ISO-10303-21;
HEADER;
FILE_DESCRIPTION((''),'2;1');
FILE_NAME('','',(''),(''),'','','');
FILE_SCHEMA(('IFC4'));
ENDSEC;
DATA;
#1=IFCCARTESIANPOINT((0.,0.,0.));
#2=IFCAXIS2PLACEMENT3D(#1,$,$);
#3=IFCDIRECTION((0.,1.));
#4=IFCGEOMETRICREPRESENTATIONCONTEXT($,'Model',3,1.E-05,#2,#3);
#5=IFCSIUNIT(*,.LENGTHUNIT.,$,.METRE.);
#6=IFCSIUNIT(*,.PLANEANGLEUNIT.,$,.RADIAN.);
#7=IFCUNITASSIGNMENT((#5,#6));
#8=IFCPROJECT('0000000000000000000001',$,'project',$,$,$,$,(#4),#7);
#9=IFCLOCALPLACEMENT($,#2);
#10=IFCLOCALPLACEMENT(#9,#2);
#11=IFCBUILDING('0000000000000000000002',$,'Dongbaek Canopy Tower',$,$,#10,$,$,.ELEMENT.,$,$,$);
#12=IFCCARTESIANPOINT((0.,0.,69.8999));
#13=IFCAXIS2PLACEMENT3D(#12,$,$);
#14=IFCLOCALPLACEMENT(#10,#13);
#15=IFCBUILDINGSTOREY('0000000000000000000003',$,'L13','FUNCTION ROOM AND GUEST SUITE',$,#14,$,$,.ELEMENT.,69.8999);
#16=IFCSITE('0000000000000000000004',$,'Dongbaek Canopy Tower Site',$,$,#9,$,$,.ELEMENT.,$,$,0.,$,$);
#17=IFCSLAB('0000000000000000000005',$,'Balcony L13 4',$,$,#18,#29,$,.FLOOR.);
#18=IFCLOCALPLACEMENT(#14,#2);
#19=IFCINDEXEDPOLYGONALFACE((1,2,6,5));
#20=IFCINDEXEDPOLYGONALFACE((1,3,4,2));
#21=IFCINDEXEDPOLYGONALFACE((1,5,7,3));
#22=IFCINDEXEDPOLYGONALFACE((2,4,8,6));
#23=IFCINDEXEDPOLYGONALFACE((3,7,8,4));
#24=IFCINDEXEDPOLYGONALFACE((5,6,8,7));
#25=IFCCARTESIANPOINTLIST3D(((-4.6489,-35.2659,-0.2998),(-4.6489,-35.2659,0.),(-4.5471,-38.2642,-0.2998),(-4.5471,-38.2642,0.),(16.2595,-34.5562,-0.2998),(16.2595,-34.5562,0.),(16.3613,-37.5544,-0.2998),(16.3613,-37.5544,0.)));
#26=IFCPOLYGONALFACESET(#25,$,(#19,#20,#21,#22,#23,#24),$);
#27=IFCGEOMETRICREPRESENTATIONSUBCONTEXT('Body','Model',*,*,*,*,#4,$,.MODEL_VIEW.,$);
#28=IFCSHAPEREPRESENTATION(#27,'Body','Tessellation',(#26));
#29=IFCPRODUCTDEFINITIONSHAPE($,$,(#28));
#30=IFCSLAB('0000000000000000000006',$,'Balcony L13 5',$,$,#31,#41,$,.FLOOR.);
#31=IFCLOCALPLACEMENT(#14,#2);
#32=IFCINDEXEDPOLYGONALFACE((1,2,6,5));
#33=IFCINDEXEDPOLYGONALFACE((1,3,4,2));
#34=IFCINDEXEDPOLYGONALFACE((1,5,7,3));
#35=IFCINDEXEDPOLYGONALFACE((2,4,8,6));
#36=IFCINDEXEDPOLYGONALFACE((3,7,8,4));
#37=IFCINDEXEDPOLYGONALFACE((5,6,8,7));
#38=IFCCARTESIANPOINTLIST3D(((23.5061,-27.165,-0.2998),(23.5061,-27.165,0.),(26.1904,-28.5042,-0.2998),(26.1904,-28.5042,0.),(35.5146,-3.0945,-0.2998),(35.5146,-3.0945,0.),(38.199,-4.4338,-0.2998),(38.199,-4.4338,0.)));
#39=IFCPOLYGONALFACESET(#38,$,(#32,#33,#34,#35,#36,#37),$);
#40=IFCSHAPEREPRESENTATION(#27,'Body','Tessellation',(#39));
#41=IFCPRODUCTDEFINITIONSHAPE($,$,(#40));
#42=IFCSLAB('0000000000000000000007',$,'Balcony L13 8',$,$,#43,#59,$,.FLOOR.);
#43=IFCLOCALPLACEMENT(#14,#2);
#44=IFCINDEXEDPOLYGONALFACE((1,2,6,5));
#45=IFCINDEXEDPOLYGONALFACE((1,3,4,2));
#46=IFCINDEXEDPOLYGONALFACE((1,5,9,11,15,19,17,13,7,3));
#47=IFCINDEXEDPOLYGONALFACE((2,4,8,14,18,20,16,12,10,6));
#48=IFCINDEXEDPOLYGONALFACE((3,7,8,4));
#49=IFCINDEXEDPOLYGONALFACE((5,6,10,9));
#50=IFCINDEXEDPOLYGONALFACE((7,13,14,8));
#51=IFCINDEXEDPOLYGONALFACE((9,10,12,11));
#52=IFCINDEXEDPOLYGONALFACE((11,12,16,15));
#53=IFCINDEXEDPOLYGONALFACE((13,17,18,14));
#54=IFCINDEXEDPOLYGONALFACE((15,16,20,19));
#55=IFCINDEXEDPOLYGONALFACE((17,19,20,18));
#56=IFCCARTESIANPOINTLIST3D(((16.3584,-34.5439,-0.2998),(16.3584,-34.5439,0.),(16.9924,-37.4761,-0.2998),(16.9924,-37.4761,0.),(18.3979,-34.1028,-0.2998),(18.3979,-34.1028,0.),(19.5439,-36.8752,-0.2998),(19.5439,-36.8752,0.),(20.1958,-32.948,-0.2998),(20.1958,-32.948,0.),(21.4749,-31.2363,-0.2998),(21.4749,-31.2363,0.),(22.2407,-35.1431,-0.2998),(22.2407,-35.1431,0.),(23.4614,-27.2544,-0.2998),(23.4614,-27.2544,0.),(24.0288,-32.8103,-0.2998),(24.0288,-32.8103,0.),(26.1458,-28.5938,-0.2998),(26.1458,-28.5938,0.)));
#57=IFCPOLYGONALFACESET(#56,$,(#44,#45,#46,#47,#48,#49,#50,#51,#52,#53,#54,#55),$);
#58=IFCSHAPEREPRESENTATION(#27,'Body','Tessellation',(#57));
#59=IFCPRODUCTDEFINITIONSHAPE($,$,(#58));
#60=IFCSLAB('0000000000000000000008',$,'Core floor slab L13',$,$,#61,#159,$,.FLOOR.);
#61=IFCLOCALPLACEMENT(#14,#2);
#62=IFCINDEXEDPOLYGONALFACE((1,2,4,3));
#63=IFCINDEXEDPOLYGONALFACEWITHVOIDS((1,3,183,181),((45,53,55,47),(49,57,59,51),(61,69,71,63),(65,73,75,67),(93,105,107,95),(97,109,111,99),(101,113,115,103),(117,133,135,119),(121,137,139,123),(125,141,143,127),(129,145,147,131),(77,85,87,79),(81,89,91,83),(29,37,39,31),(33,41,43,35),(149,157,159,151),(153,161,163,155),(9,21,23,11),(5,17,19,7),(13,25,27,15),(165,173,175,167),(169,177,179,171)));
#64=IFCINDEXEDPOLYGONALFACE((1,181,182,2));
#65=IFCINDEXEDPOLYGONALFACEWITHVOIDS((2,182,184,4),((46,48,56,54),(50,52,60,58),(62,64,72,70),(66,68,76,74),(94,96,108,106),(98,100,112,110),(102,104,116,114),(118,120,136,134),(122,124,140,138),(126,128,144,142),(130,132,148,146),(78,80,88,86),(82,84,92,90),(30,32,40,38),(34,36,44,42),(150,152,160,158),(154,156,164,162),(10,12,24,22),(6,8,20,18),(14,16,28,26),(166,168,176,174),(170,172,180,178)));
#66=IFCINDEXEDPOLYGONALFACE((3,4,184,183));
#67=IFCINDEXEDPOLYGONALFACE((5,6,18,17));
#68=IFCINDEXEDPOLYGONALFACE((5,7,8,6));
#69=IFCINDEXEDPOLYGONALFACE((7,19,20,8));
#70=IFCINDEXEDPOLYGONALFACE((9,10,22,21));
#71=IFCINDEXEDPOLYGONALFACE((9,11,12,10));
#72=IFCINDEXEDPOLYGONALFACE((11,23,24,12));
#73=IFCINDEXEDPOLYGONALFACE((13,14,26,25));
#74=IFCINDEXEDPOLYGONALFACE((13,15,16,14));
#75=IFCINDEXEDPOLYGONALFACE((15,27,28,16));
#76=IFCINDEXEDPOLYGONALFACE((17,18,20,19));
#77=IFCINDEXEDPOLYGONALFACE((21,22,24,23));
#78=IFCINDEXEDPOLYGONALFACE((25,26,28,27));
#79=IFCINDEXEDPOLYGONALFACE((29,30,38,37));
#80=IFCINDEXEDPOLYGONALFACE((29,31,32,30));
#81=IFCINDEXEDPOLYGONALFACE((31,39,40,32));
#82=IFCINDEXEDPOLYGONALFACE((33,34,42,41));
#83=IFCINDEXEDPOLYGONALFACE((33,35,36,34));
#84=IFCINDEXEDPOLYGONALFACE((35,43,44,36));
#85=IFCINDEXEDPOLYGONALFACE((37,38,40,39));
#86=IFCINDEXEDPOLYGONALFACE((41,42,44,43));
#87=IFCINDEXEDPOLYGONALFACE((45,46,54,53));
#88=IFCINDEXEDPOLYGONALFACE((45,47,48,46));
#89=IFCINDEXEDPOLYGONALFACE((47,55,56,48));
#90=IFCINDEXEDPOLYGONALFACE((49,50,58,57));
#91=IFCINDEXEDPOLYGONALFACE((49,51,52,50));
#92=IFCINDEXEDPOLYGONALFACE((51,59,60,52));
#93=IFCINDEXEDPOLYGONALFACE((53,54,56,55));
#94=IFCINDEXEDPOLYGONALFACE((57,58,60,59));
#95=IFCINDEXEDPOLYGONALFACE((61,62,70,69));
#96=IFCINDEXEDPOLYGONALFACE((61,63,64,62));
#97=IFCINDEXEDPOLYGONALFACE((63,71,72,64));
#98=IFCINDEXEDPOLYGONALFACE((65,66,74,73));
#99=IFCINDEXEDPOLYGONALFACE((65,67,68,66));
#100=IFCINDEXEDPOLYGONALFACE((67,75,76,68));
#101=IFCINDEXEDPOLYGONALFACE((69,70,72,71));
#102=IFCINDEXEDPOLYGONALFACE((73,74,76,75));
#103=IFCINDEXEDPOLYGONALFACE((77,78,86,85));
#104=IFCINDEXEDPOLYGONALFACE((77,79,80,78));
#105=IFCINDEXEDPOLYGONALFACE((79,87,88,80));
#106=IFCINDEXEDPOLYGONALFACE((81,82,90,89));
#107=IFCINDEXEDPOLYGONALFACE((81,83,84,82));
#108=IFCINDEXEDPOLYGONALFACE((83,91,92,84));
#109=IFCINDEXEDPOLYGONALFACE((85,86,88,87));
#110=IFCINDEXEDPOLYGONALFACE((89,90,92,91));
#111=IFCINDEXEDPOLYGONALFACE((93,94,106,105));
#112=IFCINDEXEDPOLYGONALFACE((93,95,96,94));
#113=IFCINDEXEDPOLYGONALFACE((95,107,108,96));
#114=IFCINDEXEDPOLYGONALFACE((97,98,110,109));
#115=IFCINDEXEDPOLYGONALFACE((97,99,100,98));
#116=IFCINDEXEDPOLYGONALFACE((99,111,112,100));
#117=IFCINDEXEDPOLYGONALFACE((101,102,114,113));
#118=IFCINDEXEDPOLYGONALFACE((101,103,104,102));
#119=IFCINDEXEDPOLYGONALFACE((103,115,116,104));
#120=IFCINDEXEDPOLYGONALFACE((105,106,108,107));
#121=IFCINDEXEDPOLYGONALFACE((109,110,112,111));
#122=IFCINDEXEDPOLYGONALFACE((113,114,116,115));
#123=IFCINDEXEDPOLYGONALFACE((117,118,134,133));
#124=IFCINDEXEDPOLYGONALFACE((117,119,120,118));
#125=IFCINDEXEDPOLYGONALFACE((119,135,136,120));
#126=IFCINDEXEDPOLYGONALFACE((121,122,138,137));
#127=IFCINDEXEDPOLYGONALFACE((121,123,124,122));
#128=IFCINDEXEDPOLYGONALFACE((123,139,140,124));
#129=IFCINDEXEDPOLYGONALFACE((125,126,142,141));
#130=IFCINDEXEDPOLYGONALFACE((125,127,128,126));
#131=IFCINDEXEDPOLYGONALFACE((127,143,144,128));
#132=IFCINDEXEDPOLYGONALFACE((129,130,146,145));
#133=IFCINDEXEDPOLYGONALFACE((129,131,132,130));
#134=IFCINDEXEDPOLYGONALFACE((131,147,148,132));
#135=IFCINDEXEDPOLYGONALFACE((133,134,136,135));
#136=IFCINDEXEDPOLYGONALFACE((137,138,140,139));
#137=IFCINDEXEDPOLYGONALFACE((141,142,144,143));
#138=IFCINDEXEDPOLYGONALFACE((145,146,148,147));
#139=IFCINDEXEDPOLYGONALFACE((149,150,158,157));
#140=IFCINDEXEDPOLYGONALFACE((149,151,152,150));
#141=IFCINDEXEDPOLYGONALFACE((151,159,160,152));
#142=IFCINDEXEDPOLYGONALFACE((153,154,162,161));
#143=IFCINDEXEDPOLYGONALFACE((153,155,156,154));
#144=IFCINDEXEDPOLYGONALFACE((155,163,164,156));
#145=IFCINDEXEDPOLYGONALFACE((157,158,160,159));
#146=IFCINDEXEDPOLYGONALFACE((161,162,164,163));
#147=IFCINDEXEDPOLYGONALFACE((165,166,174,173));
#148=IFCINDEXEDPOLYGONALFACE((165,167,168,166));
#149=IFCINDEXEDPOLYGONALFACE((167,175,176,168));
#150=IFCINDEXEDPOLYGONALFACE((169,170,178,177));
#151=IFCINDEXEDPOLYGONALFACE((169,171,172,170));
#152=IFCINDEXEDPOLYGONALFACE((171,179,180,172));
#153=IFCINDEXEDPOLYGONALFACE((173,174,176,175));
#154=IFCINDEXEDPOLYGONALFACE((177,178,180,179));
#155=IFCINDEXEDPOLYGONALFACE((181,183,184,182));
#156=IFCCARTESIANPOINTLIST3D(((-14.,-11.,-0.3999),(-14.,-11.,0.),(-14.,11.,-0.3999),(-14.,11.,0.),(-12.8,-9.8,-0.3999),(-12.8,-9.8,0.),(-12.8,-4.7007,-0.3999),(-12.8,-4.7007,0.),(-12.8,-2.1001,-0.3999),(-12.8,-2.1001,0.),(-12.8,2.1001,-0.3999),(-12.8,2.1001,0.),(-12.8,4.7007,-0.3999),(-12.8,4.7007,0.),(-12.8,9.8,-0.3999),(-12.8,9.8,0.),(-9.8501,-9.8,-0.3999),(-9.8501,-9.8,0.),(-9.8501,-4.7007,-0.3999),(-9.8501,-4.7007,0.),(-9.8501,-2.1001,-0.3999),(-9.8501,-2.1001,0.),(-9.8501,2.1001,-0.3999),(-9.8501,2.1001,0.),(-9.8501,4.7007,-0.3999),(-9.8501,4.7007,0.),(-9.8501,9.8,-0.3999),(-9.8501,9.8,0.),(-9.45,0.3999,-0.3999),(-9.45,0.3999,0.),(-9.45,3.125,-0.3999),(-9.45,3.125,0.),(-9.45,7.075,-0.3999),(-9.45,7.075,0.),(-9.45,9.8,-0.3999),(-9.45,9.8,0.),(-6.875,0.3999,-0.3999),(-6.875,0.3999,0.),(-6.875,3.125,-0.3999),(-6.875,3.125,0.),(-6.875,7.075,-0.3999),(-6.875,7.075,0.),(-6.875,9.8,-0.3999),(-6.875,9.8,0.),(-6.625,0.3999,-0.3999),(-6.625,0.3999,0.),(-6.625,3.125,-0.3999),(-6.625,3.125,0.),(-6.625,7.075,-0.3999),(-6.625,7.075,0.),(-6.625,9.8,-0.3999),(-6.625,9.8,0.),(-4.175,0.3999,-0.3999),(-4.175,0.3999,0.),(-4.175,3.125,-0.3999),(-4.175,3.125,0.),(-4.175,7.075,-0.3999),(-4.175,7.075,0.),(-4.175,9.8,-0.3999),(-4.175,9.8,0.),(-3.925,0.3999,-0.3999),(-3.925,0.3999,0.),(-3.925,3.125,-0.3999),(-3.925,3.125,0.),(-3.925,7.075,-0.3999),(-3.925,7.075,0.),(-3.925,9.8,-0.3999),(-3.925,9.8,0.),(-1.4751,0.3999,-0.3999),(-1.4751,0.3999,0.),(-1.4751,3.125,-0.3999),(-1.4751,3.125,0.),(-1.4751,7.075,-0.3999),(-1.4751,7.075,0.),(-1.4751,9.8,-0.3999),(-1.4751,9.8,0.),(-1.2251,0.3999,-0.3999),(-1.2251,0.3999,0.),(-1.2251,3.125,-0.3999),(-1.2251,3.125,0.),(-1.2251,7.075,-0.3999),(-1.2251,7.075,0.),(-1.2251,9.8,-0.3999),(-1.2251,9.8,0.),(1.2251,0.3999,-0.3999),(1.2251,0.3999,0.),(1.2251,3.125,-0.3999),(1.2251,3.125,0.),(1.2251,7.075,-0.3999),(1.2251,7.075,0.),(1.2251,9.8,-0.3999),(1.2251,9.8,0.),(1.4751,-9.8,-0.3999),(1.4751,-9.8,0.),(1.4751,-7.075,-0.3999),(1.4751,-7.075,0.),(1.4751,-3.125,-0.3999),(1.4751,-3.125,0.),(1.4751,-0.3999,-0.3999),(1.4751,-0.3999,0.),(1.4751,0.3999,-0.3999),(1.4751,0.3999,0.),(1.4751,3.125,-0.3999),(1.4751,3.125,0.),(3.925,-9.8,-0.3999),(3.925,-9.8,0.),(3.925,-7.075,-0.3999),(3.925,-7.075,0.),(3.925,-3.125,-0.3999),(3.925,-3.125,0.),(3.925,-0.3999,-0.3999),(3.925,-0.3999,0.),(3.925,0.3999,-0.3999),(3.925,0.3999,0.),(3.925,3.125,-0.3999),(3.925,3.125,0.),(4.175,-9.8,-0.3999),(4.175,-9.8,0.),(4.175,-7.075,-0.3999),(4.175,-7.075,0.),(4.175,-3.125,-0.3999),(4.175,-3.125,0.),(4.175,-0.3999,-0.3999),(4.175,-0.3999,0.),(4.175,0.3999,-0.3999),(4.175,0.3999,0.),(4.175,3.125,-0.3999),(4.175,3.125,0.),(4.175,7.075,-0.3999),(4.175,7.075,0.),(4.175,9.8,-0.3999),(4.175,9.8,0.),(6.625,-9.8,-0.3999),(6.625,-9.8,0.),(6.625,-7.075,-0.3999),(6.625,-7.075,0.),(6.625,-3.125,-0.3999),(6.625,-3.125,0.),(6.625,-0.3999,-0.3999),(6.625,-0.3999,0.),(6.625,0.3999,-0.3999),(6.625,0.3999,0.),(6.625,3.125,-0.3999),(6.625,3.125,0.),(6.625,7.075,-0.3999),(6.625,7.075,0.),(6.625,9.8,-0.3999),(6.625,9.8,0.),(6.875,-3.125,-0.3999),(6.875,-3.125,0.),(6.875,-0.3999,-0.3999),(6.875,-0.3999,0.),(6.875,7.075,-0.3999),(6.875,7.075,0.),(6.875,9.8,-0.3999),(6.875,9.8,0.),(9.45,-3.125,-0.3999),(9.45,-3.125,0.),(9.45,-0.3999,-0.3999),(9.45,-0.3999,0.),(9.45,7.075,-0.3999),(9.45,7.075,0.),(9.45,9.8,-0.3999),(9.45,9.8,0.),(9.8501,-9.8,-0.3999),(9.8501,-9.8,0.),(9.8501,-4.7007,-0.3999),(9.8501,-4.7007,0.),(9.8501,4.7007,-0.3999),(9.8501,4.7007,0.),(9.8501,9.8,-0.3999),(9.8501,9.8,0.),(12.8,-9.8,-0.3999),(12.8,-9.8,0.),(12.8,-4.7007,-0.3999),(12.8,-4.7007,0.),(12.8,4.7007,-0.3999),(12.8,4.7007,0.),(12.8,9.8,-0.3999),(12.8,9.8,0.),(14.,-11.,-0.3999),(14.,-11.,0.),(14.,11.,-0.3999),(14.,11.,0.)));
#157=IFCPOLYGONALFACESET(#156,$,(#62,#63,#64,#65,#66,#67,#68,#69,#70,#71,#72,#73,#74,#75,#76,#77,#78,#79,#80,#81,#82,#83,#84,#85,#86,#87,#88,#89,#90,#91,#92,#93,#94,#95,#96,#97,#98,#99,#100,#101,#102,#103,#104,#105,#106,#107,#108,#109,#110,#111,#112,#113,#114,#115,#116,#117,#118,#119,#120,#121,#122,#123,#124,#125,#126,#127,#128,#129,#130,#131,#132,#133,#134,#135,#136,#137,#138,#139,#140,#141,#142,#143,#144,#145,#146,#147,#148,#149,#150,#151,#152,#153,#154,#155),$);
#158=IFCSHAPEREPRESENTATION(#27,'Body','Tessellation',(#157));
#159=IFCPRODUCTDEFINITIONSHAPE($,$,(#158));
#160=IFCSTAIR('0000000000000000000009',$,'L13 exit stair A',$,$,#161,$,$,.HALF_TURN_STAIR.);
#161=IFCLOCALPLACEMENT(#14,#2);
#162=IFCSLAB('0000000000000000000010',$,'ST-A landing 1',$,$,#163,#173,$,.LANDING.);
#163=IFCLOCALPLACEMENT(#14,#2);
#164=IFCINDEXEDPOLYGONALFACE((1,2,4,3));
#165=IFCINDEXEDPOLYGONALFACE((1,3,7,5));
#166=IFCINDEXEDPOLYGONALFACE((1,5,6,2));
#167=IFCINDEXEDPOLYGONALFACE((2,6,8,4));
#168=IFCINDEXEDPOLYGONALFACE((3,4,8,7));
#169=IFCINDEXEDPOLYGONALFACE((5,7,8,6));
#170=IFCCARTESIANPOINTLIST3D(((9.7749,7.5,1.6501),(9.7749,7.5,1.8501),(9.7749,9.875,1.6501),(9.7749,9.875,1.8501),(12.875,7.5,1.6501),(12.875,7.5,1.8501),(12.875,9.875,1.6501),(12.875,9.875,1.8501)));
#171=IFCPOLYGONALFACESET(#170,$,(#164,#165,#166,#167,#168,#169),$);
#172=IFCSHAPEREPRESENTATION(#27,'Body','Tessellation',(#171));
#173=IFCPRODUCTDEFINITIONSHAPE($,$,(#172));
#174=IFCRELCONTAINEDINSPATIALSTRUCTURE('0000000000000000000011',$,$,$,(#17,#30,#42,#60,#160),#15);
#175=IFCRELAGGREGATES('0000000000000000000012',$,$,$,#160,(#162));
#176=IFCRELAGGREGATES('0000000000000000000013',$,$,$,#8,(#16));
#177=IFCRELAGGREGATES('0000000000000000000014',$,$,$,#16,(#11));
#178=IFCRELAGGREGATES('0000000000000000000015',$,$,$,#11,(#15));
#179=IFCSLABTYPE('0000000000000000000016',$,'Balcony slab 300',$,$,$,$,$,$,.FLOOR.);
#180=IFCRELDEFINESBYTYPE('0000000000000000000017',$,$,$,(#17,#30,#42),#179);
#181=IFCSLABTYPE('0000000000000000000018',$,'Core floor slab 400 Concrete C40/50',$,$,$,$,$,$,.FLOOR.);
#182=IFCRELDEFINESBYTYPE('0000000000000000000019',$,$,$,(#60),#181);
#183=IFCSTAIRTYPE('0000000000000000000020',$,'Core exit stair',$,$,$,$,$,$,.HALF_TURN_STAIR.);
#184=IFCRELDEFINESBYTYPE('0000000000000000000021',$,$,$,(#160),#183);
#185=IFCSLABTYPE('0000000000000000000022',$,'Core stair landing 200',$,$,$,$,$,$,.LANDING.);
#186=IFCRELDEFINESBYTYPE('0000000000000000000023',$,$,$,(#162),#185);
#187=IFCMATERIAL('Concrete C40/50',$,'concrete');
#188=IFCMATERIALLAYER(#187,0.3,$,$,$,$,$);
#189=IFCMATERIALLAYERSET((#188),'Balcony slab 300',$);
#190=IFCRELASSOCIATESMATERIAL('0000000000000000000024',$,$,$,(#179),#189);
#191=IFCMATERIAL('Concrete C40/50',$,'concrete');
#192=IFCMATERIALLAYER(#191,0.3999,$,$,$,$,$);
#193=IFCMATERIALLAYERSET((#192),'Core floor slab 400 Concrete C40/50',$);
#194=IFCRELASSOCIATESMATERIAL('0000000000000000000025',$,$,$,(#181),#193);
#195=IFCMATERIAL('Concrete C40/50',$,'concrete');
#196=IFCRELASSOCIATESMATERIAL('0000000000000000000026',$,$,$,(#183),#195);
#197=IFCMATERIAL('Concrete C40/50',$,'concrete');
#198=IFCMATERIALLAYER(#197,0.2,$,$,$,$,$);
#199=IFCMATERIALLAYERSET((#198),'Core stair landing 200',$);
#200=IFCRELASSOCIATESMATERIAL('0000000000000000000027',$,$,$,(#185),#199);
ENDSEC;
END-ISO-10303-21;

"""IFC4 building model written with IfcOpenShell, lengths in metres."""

from ifc_helpers import new_model, si_unit, direction, frame, origin, place, context, subcontext, project, spatial, polyline, outline, extrude, material, layer, layer_set, type_object, element, aggregate, save


model = new_model("IFC4")

# Units and contexts
model_context = context("Model", 3, precision=1e-05, world=origin(), true_north=direction((0.0, 1.0)))
body_context = subcontext(model_context, "Body", "Model", "MODEL_VIEW")
ifc_project = project(units=[si_unit("LENGTHUNIT", "METRE"), si_unit("PLANEANGLEUNIT", "RADIAN")], contexts=[model_context])

# Site, building, storey
site_placement = place(None, origin())
site = spatial("IfcSite", under=ifc_project, at=site_placement, Name="Dongbaek Canopy Tower Site", CompositionType="ELEMENT", RefElevation=0.0)
building_placement = place(site_placement, origin())
building = spatial("IfcBuilding", under=site, at=building_placement, Name="Dongbaek Canopy Tower", CompositionType="ELEMENT")
storey_placement = place(building_placement, frame((0.0, 0.0, 69.8999)))
storey = spatial("IfcBuildingStorey", under=building, at=storey_placement, Name="L13", Description="FUNCTION ROOM AND GUEST SUITE", CompositionType="ELEMENT", Elevation=69.8999)

# Slabs
ifc_material_1 = material(Name="Concrete C40/50", Category="concrete")
ifc_layer_1 = layer(ifc_material_1, 0.3)
ifc_layer_set_1 = layer_set([ifc_layer_1], Name="Balcony slab 300")
slab_type_1 = type_object("IfcSlabType", Name="Balcony slab 300", PredefinedType="FLOOR", material=ifc_layer_set_1)
slab_1_placement = place(storey_placement, frame((0.0, 0.0, -0.2998)))
element("IfcSlab", 1, at=slab_1_placement, inside=storey, type_object=slab_type_1, Name="Balcony L13 4", PredefinedType="FLOOR", context=body_context, shape_type="SweptSolid", body=[
    extrude(outline(polyline([(-4.6489, -35.2659), (16.2595, -34.5562), (16.3613, -37.5544), (-4.5471, -38.2642), (-4.6489, -35.2659)])), origin(), (0.0, 0.0, 1.0), 0.2998),
])
slab_2_placement = place(storey_placement, frame((0.0, 0.0, -0.2998)))
element("IfcSlab", 2, at=slab_2_placement, inside=storey, type_object=slab_type_1, Name="Balcony L13 5", PredefinedType="FLOOR", context=body_context, shape_type="SweptSolid", body=[
    extrude(outline(polyline([(23.5061, -27.165), (35.5146, -3.0945), (38.199, -4.4338), (26.1904, -28.5042), (23.5061, -27.165)])), origin(), (0.0, 0.0, 1.0), 0.2998),
])
slab_3_placement = place(storey_placement, frame((0.0, 0.0, -0.2998)))
element("IfcSlab", 3, at=slab_3_placement, inside=storey, type_object=slab_type_1, Name="Balcony L13 8", PredefinedType="FLOOR", context=body_context, shape_type="SweptSolid", body=[
    extrude(outline(polyline([(16.3584, -34.5439), (18.3979, -34.1028), (20.1958, -32.948), (21.4749, -31.2363), (23.4614, -27.2544), (26.1458, -28.5938), (24.0288, -32.8103), (22.2407, -35.1431), (19.5439, -36.8752), (16.9924, -37.4761), (16.3584, -34.5439)])), origin(), (0.0, 0.0, 1.0), 0.2998),
])
ifc_material_2 = material(Name="Concrete C40/50", Category="concrete")
ifc_layer_2 = layer(ifc_material_2, 0.3999)
ifc_layer_set_2 = layer_set([ifc_layer_2], Name="Core floor slab 400 Concrete C40/50")
slab_type_2 = type_object("IfcSlabType", Name="Core floor slab 400 Concrete C40/50", PredefinedType="FLOOR", material=ifc_layer_set_2)
slab_4_placement = place(storey_placement, frame((0.0, 0.0, -0.3999)))
element("IfcSlab", 4, at=slab_4_placement, inside=storey, type_object=slab_type_2, Name="Core floor slab L13", PredefinedType="FLOOR", context=body_context, shape_type="SweptSolid", body=[
    extrude(outline(polyline([(14.0, -11.0), (14.0, 11.0), (-14.0, 11.0), (-14.0, -11.0), (14.0, -11.0)]), holes=[polyline([(-12.8, 2.1001), (-9.8501, 2.1001), (-9.8501, -2.1001), (-12.8, -2.1001), (-12.8, 2.1001)]), polyline([(-6.875, 9.8), (-6.875, 7.075), (-9.45, 7.075), (-9.45, 9.8), (-6.875, 9.8)]), polyline([(-4.175, 9.8), (-4.175, 7.075), (-6.625, 7.075), (-6.625, 9.8), (-4.175, 9.8)]), polyline([(-1.4751, 9.8), (-1.4751, 7.075), (-3.925, 7.075), (-3.925, 9.8), (-1.4751, 9.8)]), polyline([(1.2251, 9.8), (1.2251, 7.075), (-1.2251, 7.075), (-1.2251, 9.8), (1.2251, 9.8)]), polyline([(6.625, 9.8), (6.625, 7.075), (4.175, 7.075), (4.175, 9.8), (6.625, 9.8)]), polyline([(9.45, 7.075), (6.875, 7.075), (6.875, 9.8), (9.45, 9.8), (9.45, 7.075)]), polyline([(-9.45, 3.125), (-6.875, 3.125), (-6.875, 0.3999), (-9.45, 0.3999), (-9.45, 3.125)]), polyline([(-6.625, 3.125), (-4.175, 3.125), (-4.175, 0.3999), (-6.625, 0.3999), (-6.625, 3.125)]), polyline([(-3.925, 3.125), (-1.4751, 3.125), (-1.4751, 0.3999), (-3.925, 0.3999), (-3.925, 3.125)]), polyline([(-1.2251, 3.125), (1.2251, 3.125), (1.2251, 0.3999), (-1.2251, 0.3999), (-1.2251, 3.125)]), polyline([(3.925, 3.125), (3.925, 0.3999), (1.4751, 0.3999), (1.4751, 3.125), (3.925, 3.125)]), polyline([(4.175, 3.125), (6.625, 3.125), (6.625, 0.3999), (4.175, 0.3999), (4.175, 3.125)]), polyline([(1.4751, -0.3999), (3.925, -0.3999), (3.925, -3.125), (1.4751, -3.125), (1.4751, -0.3999)]), polyline([(4.175, -3.125), (4.175, -0.3999), (6.625, -0.3999), (6.625, -3.125), (4.175, -3.125)]), polyline([(9.45, -3.125), (6.875, -3.125), (6.875, -0.3999), (9.45, -0.3999), (9.45, -3.125)]), polyline([(1.4751, -9.8), (1.4751, -7.075), (3.925, -7.075), (3.925, -9.8), (1.4751, -9.8)]), polyline([(4.175, -9.8), (4.175, -7.075), (6.625, -7.075), (6.625, -9.8), (4.175, -9.8)]), polyline([(12.8, 4.7007), (12.8, 9.8), (9.8501, 9.8), (9.8501, 4.7007), (12.8, 4.7007)]), polyline([(-9.8501, 4.7007), (-9.8501, 9.8), (-12.8, 9.8), (-12.8, 4.7007), (-9.8501, 4.7007)]), polyline([(9.8501, -4.7007), (9.8501, -9.8), (12.8, -9.8), (12.8, -4.7007), (9.8501, -4.7007)]), polyline([(-12.8, -4.7007), (-12.8, -9.8), (-9.8501, -9.8), (-9.8501, -4.7007), (-12.8, -4.7007)])]), origin(), (0.0, 0.0, 1.0), 0.3999),
])

# Stair, slab
ifc_material_3 = material(Name="Concrete C40/50", Category="concrete")
stair_type = type_object("IfcStairType", Name="Core exit stair", PredefinedType="HALF_TURN_STAIR", material=ifc_material_3)
stair_1_placement = place(storey_placement, origin())
stair_1 = element("IfcStair", 5, at=stair_1_placement, inside=storey, type_object=stair_type, Name="L13 exit stair A", PredefinedType="HALF_TURN_STAIR")
ifc_material_4 = material(Name="Concrete C40/50", Category="concrete")
ifc_layer_3 = layer(ifc_material_4, 0.2)
ifc_layer_set_3 = layer_set([ifc_layer_3], Name="Core stair landing 200")
slab_type_3 = type_object("IfcSlabType", Name="Core stair landing 200", PredefinedType="LANDING", material=ifc_layer_set_3)
slab_5_placement = place(storey_placement, frame((0.0, 0.0, 1.6501)))
slab_5 = element("IfcSlab", 6, at=slab_5_placement, type_object=slab_type_3, Name="ST-A landing 1", PredefinedType="LANDING", context=body_context, shape_type="SweptSolid", body=[
    extrude(outline(polyline([(12.875, 7.5), (12.875, 9.875), (9.7749, 9.875), (9.7749, 7.5), (12.875, 7.5)])), origin(), (0.0, 0.0, 1.0), 0.2),
])
aggregate(stair_1, [slab_5])

save(model, "model.ifc")
